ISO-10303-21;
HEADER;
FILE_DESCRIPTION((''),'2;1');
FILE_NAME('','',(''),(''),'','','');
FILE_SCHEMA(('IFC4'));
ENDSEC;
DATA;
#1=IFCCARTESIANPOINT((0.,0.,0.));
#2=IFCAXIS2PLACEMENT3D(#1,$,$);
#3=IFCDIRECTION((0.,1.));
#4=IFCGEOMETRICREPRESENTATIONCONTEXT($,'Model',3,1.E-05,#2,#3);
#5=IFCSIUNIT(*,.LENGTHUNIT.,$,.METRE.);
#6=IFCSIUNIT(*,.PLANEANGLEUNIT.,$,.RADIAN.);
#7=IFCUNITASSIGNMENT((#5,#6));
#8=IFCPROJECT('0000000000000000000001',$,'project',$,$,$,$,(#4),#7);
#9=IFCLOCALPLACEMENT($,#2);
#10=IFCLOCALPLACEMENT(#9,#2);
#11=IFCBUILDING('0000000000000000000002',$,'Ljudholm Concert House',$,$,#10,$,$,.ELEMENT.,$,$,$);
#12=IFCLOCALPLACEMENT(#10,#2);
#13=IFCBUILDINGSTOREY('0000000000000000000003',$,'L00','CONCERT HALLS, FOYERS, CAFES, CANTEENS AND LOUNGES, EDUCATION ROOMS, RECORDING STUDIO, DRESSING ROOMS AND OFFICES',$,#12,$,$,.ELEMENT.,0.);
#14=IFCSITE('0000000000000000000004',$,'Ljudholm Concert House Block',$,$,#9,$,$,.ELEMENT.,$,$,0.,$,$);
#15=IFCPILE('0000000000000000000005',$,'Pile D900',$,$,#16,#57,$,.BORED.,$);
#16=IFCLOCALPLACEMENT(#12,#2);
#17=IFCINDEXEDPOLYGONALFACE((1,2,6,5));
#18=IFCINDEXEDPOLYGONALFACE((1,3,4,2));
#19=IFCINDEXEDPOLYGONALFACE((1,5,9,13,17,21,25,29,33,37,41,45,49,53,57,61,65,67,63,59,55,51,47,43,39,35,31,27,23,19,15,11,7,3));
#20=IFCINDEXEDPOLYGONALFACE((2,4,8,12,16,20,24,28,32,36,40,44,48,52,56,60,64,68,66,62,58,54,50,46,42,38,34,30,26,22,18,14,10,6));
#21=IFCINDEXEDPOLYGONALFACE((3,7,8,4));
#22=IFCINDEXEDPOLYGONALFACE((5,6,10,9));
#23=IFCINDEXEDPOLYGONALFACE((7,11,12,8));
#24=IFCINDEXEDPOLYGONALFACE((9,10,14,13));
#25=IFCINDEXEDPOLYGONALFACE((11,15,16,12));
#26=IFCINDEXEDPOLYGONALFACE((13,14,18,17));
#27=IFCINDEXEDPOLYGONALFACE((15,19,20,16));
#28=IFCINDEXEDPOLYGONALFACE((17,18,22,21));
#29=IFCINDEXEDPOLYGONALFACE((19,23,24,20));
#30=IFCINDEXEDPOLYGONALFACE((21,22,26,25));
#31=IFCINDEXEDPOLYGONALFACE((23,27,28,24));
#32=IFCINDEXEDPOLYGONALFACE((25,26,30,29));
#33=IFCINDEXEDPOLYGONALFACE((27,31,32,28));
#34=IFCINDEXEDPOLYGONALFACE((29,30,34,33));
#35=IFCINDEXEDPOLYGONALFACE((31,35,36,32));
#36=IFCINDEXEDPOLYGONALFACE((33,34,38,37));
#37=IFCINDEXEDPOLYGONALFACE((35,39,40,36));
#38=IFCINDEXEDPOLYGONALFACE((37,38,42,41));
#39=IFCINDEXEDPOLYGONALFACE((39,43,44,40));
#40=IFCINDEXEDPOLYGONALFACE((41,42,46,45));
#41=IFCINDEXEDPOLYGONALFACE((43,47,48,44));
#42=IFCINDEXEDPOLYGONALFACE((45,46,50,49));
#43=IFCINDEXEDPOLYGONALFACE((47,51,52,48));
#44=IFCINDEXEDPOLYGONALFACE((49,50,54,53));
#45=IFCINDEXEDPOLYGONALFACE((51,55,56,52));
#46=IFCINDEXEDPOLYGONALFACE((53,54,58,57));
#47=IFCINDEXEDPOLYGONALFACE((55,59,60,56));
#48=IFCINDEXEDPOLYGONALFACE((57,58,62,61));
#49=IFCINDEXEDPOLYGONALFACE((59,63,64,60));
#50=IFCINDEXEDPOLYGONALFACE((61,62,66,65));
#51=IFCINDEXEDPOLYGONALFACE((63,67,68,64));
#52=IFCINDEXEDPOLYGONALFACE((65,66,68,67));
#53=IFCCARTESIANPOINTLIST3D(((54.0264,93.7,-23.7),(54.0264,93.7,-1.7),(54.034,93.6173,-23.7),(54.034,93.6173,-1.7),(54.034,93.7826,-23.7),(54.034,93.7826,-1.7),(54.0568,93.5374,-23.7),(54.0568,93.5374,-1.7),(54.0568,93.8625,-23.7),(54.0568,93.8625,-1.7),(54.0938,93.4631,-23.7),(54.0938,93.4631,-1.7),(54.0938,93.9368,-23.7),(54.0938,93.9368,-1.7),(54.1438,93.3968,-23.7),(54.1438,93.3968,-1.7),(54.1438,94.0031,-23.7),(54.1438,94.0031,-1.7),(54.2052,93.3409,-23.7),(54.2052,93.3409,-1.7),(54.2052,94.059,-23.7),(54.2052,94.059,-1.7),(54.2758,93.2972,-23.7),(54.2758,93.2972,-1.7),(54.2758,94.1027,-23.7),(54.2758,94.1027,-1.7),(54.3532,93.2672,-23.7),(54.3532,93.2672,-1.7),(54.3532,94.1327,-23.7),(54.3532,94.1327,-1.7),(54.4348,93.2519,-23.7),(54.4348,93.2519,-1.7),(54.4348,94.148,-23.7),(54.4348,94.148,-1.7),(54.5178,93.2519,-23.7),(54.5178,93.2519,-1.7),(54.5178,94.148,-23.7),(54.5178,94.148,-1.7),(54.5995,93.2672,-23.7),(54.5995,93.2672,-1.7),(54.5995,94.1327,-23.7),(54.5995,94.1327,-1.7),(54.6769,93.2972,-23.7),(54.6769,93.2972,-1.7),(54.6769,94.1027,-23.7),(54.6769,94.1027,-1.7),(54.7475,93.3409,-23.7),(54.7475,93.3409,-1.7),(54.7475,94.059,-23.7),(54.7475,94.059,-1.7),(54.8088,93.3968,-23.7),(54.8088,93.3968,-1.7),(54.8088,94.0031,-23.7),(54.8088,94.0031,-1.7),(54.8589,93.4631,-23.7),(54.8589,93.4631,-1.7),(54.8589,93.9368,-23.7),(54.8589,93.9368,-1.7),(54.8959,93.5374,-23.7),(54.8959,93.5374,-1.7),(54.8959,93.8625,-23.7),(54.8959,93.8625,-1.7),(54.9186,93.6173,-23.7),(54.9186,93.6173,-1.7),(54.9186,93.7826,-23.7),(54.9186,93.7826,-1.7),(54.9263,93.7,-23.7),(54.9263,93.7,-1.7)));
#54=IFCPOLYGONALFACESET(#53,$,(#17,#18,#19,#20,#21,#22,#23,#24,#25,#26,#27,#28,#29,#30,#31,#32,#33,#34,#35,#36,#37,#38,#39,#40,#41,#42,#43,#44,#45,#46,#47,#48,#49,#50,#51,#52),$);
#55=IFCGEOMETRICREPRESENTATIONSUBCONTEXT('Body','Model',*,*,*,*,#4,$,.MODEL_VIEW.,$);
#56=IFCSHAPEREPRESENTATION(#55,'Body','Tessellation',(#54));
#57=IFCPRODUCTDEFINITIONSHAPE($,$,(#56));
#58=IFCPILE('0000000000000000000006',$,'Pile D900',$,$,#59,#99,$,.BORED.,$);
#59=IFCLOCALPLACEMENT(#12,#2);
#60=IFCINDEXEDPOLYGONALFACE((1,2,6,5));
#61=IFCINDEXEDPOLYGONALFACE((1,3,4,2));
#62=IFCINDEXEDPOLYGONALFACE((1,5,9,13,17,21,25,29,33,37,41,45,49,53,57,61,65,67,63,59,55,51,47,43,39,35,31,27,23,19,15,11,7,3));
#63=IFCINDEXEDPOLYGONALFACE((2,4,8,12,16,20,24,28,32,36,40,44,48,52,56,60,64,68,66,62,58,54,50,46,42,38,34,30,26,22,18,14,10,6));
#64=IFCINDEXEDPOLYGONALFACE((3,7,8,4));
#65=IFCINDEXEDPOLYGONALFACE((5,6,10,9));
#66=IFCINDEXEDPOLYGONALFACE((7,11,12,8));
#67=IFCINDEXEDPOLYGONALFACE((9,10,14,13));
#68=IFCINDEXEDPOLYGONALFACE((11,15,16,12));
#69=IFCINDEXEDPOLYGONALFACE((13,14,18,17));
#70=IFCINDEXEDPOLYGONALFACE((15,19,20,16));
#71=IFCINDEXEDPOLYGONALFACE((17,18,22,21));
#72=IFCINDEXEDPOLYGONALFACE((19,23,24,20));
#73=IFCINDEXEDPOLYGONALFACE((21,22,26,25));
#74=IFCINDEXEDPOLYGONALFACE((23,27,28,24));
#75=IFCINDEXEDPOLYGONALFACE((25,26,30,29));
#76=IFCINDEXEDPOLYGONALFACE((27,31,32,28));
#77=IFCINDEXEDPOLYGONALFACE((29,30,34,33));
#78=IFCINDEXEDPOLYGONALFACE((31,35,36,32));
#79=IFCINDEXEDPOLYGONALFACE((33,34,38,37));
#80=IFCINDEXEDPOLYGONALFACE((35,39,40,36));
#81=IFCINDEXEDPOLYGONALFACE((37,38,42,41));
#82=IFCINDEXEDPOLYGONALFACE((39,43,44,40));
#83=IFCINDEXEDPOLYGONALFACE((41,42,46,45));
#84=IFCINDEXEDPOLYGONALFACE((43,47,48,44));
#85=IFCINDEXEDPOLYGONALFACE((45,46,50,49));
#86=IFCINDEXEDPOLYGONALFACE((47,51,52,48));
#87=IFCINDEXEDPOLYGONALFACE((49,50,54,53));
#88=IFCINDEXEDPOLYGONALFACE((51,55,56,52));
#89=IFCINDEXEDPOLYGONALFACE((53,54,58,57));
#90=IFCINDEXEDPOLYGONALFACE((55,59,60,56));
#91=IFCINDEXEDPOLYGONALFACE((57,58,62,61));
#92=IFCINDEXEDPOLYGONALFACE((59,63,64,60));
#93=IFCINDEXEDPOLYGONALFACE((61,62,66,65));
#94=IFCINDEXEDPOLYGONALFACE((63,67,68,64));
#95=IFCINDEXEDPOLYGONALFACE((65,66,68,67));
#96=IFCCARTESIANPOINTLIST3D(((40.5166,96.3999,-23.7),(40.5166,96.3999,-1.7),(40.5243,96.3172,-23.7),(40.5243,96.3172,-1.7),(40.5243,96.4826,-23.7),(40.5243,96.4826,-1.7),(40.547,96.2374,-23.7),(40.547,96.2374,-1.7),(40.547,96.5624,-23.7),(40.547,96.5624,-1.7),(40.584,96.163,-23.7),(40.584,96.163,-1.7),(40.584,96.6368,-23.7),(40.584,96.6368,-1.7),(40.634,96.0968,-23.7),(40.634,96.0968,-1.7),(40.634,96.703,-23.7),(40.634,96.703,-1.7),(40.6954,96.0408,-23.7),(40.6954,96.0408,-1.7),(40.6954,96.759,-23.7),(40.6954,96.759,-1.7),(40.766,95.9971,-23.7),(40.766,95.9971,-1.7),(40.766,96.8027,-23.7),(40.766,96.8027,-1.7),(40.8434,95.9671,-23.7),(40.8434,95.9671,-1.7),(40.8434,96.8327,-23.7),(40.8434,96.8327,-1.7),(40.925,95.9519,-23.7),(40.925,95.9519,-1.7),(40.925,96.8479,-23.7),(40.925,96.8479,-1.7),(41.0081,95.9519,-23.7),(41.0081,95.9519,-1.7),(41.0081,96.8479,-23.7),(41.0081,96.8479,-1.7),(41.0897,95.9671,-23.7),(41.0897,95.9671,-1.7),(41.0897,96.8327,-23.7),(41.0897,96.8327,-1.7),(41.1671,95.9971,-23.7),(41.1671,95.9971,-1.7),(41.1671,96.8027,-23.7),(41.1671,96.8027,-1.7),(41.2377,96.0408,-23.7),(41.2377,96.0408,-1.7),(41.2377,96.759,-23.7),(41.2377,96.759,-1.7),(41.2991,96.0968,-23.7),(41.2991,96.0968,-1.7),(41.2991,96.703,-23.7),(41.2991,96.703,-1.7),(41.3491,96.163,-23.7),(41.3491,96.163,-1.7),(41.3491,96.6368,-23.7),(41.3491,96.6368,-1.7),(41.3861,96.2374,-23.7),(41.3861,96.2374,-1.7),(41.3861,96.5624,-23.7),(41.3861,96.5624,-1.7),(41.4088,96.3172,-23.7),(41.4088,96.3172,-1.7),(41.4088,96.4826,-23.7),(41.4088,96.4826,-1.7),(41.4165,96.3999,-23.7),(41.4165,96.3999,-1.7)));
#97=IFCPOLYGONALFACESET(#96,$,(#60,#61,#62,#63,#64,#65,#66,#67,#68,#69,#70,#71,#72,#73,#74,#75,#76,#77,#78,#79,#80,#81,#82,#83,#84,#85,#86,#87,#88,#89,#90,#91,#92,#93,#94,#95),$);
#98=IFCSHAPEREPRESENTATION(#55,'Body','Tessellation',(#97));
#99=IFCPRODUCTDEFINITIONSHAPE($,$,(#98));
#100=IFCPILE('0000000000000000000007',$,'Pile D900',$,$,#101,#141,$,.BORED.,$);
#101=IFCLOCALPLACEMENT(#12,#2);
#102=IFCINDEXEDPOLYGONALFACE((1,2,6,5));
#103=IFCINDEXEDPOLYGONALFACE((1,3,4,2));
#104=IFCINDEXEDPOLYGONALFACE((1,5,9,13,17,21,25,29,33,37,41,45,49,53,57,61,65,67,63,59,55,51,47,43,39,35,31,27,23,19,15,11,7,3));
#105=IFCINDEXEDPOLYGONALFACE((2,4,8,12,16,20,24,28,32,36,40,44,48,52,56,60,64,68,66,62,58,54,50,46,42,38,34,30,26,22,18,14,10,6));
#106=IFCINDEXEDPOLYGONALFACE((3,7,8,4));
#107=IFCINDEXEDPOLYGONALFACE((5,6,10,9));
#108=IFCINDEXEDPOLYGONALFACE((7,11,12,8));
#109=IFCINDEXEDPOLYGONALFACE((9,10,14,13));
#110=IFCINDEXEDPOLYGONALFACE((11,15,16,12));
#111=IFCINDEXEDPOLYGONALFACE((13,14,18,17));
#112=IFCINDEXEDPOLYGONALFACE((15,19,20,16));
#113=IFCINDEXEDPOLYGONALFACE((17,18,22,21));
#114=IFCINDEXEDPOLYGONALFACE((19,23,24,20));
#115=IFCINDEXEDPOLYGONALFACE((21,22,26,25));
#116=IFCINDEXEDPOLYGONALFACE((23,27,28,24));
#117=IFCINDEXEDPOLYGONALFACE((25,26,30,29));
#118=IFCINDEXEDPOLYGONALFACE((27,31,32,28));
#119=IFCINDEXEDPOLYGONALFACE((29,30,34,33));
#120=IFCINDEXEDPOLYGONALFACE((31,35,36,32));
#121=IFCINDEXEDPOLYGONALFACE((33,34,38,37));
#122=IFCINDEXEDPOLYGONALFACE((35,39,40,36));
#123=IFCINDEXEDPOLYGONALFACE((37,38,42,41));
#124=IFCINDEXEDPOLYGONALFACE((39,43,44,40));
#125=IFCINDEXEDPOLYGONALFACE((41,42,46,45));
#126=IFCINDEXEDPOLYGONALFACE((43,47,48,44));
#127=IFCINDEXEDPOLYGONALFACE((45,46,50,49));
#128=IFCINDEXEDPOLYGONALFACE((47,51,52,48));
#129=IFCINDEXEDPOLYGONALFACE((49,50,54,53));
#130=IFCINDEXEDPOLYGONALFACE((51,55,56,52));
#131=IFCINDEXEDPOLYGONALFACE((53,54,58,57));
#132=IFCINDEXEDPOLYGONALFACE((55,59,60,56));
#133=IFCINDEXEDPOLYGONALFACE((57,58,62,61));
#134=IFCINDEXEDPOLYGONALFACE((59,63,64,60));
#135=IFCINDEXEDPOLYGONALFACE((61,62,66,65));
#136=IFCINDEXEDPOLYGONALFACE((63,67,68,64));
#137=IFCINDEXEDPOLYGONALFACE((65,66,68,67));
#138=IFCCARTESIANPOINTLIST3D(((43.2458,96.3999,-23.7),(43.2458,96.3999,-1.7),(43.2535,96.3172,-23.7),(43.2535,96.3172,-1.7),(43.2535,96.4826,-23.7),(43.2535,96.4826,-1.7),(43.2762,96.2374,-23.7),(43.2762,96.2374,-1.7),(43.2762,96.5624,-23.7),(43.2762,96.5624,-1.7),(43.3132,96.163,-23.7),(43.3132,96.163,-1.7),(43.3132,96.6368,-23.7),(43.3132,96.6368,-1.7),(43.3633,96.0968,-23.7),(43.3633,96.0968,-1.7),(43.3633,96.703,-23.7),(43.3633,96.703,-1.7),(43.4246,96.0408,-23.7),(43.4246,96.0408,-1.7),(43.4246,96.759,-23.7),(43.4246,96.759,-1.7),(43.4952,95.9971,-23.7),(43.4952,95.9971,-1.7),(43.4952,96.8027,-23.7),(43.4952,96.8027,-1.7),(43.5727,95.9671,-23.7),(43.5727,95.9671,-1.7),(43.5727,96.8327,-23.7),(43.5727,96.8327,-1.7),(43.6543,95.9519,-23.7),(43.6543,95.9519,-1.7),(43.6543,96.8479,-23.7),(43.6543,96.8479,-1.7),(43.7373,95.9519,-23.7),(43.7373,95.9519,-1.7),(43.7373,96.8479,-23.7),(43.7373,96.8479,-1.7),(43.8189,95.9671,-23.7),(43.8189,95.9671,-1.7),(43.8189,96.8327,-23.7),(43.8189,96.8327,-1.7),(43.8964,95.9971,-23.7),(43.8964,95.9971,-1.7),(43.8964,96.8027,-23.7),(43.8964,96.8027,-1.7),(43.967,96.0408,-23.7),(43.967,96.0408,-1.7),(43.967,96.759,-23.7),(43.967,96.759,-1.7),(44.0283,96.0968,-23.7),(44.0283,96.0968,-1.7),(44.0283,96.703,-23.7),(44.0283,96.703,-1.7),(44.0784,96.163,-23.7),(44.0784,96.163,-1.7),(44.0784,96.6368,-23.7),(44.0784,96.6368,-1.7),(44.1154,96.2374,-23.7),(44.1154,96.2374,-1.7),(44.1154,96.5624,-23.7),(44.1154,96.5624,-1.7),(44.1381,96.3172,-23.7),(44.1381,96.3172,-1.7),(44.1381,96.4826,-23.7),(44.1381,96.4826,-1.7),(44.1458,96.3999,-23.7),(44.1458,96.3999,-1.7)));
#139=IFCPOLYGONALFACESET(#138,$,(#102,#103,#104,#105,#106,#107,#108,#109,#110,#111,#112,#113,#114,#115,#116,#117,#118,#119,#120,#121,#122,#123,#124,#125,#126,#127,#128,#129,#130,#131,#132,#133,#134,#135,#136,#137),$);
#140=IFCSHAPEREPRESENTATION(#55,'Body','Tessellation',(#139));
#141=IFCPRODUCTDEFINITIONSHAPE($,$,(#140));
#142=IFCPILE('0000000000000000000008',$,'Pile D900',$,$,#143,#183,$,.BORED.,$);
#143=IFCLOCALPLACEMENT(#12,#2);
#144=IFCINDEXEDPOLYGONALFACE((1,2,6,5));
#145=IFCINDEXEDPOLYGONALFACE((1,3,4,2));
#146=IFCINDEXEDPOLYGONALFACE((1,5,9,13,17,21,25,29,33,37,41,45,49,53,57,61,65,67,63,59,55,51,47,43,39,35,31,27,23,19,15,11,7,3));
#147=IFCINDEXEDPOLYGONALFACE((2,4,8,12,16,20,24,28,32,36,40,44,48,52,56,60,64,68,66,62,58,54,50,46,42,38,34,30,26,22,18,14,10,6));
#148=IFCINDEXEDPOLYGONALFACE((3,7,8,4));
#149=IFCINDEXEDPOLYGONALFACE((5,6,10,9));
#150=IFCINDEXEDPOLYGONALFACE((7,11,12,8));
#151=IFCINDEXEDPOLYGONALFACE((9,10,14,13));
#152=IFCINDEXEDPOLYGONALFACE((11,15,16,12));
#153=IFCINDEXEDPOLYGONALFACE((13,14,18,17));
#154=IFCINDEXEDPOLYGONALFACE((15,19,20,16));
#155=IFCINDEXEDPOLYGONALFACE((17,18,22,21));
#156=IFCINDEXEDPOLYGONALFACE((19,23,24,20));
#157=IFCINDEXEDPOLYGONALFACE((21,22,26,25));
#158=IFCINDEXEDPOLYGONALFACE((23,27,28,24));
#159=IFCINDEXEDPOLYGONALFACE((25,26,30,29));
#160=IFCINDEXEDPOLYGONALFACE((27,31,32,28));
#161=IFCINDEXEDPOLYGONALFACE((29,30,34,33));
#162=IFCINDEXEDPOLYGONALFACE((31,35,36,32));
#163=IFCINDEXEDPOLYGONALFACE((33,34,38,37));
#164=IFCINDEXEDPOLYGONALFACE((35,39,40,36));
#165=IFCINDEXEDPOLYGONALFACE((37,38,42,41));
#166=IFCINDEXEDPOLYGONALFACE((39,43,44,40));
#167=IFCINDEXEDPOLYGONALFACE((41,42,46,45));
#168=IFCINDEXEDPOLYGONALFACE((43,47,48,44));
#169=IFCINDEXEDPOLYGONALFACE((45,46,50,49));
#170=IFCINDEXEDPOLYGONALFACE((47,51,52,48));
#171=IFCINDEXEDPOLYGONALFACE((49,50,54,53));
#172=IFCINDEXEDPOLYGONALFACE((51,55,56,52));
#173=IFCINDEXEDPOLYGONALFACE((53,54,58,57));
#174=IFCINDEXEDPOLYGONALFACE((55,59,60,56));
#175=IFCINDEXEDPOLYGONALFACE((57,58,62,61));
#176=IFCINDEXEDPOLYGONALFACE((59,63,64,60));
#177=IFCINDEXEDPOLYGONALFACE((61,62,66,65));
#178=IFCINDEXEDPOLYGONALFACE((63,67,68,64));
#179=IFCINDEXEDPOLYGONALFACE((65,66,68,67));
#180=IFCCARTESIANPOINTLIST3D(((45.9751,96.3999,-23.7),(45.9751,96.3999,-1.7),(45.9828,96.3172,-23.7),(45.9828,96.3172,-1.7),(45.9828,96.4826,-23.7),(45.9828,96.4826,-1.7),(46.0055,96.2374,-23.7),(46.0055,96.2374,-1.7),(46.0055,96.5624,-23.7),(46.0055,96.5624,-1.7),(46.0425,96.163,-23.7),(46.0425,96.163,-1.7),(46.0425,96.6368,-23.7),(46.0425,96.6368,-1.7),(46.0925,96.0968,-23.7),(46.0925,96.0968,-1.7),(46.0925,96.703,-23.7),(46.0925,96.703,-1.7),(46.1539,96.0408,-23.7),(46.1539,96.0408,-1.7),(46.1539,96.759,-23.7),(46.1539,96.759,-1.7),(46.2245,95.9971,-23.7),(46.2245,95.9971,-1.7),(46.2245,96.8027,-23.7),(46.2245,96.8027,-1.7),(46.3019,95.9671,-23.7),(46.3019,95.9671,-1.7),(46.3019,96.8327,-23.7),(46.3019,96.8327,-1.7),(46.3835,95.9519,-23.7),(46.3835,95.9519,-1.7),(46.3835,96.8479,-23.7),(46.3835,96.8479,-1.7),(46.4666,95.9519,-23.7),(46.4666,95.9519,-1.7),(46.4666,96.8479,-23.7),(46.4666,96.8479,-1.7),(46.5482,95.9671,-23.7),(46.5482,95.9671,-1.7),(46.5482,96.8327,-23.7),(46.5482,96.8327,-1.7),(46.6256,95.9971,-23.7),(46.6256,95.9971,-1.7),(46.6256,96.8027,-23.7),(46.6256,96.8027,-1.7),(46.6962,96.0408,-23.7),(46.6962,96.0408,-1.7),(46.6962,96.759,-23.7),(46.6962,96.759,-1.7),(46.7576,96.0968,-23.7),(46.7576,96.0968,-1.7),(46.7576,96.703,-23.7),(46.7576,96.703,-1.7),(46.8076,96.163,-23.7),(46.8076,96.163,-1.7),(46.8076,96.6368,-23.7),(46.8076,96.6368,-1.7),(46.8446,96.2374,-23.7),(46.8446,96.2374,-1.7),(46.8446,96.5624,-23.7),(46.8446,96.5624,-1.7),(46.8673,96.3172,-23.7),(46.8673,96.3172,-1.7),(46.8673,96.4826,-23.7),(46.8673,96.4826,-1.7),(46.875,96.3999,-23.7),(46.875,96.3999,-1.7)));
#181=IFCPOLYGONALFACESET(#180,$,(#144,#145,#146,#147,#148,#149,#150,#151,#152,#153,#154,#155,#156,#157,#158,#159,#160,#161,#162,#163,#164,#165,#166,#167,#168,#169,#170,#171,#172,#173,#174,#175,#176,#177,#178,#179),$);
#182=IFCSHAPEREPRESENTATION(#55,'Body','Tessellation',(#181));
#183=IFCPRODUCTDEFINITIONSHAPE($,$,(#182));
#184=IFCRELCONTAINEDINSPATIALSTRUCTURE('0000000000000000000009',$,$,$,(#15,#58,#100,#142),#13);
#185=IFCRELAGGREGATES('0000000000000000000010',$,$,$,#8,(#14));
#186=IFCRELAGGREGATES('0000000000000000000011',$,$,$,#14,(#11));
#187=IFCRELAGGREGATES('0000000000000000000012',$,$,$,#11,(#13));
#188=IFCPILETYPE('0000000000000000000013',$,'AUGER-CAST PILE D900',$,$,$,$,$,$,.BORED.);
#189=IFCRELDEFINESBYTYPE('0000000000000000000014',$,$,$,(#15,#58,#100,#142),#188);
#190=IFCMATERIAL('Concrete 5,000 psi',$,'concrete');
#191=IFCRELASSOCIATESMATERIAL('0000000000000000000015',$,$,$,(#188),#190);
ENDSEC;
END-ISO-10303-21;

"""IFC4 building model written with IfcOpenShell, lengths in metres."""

from ifc_helpers import new_model, si_unit, direction, frame, origin, origin_2d, place, context, subcontext, project, spatial, circle, extrude, material, material_profile, profile_set, type_object, element, save


model = new_model("IFC4")

# Units and contexts
model_context = context("Model", 3, precision=1e-05, world=origin(), true_north=direction((0.0, 1.0)))
body_context = subcontext(model_context, "Body", "Model", "MODEL_VIEW")
ifc_project = project(units=[si_unit("LENGTHUNIT", "METRE"), si_unit("PLANEANGLEUNIT", "RADIAN")], contexts=[model_context])

# Site, building, storey
site_placement = place(None, origin())
site = spatial("IfcSite", under=ifc_project, at=site_placement, Name="Ljudholm Concert House Block", CompositionType="ELEMENT", RefElevation=0.0)
building_placement = place(site_placement, origin())
building = spatial("IfcBuilding", under=site, at=building_placement, Name="Ljudholm Concert House", CompositionType="ELEMENT")
storey_placement = place(building_placement, origin())
storey = spatial("IfcBuildingStorey", under=building, at=storey_placement, Name="L00", Description="CONCERT HALLS, FOYERS, CAFES, CANTEENS AND LOUNGES, EDUCATION ROOMS, RECORDING STUDIO, DRESSING ROOMS AND OFFICES", CompositionType="ELEMENT", Elevation=0.0)

# Piles
ifc_material_1 = material(Name="Concrete 5,000 psi", Category="concrete")
ifc_material_profile_1 = material_profile(ifc_material_1, circle(Radius=0.45, at=origin_2d()), Name="AUGER-CAST PILE D900")
ifc_profile_set_1 = profile_set([ifc_material_profile_1], Name="Concrete 5,000 psi")
pile_type_1 = type_object("IfcPileType", Name="AUGER-CAST PILE D900", PredefinedType="BORED", material=ifc_profile_set_1)
for number, where, z_axis, x_axis, name in (
    (1, (54.4763, 93.7, -1.7), (0.0, 0.0, -1.0), (1.0, 0.0, 0.0), "Pile D900"),
    (2, (40.9666, 96.3999, -1.7), (0.0, 0.0, -1.0), (1.0, 0.0, 0.0), "Pile D900"),
    (3, (43.6958, 96.3999, -1.7), (0.0, 0.0, -1.0), (1.0, 0.0, 0.0), "Pile D900"),
    (4, (46.425, 96.3999, -1.7), (0.0, 0.0, -1.0), (1.0, 0.0, 0.0), "Pile D900"),
):
    element("IfcPile", number, at=place(storey_placement, frame(where, z_axis=z_axis, x_axis=x_axis)), inside=storey, type_object=pile_type_1, Name=name, PredefinedType="BORED", context=body_context, shape_type="SweptSolid", body=[
        extrude(circle(Radius=0.45, at=origin_2d()), origin(), (0.0, 0.0, 1.0), 22.0),
    ])

save(model, "model.ifc")
